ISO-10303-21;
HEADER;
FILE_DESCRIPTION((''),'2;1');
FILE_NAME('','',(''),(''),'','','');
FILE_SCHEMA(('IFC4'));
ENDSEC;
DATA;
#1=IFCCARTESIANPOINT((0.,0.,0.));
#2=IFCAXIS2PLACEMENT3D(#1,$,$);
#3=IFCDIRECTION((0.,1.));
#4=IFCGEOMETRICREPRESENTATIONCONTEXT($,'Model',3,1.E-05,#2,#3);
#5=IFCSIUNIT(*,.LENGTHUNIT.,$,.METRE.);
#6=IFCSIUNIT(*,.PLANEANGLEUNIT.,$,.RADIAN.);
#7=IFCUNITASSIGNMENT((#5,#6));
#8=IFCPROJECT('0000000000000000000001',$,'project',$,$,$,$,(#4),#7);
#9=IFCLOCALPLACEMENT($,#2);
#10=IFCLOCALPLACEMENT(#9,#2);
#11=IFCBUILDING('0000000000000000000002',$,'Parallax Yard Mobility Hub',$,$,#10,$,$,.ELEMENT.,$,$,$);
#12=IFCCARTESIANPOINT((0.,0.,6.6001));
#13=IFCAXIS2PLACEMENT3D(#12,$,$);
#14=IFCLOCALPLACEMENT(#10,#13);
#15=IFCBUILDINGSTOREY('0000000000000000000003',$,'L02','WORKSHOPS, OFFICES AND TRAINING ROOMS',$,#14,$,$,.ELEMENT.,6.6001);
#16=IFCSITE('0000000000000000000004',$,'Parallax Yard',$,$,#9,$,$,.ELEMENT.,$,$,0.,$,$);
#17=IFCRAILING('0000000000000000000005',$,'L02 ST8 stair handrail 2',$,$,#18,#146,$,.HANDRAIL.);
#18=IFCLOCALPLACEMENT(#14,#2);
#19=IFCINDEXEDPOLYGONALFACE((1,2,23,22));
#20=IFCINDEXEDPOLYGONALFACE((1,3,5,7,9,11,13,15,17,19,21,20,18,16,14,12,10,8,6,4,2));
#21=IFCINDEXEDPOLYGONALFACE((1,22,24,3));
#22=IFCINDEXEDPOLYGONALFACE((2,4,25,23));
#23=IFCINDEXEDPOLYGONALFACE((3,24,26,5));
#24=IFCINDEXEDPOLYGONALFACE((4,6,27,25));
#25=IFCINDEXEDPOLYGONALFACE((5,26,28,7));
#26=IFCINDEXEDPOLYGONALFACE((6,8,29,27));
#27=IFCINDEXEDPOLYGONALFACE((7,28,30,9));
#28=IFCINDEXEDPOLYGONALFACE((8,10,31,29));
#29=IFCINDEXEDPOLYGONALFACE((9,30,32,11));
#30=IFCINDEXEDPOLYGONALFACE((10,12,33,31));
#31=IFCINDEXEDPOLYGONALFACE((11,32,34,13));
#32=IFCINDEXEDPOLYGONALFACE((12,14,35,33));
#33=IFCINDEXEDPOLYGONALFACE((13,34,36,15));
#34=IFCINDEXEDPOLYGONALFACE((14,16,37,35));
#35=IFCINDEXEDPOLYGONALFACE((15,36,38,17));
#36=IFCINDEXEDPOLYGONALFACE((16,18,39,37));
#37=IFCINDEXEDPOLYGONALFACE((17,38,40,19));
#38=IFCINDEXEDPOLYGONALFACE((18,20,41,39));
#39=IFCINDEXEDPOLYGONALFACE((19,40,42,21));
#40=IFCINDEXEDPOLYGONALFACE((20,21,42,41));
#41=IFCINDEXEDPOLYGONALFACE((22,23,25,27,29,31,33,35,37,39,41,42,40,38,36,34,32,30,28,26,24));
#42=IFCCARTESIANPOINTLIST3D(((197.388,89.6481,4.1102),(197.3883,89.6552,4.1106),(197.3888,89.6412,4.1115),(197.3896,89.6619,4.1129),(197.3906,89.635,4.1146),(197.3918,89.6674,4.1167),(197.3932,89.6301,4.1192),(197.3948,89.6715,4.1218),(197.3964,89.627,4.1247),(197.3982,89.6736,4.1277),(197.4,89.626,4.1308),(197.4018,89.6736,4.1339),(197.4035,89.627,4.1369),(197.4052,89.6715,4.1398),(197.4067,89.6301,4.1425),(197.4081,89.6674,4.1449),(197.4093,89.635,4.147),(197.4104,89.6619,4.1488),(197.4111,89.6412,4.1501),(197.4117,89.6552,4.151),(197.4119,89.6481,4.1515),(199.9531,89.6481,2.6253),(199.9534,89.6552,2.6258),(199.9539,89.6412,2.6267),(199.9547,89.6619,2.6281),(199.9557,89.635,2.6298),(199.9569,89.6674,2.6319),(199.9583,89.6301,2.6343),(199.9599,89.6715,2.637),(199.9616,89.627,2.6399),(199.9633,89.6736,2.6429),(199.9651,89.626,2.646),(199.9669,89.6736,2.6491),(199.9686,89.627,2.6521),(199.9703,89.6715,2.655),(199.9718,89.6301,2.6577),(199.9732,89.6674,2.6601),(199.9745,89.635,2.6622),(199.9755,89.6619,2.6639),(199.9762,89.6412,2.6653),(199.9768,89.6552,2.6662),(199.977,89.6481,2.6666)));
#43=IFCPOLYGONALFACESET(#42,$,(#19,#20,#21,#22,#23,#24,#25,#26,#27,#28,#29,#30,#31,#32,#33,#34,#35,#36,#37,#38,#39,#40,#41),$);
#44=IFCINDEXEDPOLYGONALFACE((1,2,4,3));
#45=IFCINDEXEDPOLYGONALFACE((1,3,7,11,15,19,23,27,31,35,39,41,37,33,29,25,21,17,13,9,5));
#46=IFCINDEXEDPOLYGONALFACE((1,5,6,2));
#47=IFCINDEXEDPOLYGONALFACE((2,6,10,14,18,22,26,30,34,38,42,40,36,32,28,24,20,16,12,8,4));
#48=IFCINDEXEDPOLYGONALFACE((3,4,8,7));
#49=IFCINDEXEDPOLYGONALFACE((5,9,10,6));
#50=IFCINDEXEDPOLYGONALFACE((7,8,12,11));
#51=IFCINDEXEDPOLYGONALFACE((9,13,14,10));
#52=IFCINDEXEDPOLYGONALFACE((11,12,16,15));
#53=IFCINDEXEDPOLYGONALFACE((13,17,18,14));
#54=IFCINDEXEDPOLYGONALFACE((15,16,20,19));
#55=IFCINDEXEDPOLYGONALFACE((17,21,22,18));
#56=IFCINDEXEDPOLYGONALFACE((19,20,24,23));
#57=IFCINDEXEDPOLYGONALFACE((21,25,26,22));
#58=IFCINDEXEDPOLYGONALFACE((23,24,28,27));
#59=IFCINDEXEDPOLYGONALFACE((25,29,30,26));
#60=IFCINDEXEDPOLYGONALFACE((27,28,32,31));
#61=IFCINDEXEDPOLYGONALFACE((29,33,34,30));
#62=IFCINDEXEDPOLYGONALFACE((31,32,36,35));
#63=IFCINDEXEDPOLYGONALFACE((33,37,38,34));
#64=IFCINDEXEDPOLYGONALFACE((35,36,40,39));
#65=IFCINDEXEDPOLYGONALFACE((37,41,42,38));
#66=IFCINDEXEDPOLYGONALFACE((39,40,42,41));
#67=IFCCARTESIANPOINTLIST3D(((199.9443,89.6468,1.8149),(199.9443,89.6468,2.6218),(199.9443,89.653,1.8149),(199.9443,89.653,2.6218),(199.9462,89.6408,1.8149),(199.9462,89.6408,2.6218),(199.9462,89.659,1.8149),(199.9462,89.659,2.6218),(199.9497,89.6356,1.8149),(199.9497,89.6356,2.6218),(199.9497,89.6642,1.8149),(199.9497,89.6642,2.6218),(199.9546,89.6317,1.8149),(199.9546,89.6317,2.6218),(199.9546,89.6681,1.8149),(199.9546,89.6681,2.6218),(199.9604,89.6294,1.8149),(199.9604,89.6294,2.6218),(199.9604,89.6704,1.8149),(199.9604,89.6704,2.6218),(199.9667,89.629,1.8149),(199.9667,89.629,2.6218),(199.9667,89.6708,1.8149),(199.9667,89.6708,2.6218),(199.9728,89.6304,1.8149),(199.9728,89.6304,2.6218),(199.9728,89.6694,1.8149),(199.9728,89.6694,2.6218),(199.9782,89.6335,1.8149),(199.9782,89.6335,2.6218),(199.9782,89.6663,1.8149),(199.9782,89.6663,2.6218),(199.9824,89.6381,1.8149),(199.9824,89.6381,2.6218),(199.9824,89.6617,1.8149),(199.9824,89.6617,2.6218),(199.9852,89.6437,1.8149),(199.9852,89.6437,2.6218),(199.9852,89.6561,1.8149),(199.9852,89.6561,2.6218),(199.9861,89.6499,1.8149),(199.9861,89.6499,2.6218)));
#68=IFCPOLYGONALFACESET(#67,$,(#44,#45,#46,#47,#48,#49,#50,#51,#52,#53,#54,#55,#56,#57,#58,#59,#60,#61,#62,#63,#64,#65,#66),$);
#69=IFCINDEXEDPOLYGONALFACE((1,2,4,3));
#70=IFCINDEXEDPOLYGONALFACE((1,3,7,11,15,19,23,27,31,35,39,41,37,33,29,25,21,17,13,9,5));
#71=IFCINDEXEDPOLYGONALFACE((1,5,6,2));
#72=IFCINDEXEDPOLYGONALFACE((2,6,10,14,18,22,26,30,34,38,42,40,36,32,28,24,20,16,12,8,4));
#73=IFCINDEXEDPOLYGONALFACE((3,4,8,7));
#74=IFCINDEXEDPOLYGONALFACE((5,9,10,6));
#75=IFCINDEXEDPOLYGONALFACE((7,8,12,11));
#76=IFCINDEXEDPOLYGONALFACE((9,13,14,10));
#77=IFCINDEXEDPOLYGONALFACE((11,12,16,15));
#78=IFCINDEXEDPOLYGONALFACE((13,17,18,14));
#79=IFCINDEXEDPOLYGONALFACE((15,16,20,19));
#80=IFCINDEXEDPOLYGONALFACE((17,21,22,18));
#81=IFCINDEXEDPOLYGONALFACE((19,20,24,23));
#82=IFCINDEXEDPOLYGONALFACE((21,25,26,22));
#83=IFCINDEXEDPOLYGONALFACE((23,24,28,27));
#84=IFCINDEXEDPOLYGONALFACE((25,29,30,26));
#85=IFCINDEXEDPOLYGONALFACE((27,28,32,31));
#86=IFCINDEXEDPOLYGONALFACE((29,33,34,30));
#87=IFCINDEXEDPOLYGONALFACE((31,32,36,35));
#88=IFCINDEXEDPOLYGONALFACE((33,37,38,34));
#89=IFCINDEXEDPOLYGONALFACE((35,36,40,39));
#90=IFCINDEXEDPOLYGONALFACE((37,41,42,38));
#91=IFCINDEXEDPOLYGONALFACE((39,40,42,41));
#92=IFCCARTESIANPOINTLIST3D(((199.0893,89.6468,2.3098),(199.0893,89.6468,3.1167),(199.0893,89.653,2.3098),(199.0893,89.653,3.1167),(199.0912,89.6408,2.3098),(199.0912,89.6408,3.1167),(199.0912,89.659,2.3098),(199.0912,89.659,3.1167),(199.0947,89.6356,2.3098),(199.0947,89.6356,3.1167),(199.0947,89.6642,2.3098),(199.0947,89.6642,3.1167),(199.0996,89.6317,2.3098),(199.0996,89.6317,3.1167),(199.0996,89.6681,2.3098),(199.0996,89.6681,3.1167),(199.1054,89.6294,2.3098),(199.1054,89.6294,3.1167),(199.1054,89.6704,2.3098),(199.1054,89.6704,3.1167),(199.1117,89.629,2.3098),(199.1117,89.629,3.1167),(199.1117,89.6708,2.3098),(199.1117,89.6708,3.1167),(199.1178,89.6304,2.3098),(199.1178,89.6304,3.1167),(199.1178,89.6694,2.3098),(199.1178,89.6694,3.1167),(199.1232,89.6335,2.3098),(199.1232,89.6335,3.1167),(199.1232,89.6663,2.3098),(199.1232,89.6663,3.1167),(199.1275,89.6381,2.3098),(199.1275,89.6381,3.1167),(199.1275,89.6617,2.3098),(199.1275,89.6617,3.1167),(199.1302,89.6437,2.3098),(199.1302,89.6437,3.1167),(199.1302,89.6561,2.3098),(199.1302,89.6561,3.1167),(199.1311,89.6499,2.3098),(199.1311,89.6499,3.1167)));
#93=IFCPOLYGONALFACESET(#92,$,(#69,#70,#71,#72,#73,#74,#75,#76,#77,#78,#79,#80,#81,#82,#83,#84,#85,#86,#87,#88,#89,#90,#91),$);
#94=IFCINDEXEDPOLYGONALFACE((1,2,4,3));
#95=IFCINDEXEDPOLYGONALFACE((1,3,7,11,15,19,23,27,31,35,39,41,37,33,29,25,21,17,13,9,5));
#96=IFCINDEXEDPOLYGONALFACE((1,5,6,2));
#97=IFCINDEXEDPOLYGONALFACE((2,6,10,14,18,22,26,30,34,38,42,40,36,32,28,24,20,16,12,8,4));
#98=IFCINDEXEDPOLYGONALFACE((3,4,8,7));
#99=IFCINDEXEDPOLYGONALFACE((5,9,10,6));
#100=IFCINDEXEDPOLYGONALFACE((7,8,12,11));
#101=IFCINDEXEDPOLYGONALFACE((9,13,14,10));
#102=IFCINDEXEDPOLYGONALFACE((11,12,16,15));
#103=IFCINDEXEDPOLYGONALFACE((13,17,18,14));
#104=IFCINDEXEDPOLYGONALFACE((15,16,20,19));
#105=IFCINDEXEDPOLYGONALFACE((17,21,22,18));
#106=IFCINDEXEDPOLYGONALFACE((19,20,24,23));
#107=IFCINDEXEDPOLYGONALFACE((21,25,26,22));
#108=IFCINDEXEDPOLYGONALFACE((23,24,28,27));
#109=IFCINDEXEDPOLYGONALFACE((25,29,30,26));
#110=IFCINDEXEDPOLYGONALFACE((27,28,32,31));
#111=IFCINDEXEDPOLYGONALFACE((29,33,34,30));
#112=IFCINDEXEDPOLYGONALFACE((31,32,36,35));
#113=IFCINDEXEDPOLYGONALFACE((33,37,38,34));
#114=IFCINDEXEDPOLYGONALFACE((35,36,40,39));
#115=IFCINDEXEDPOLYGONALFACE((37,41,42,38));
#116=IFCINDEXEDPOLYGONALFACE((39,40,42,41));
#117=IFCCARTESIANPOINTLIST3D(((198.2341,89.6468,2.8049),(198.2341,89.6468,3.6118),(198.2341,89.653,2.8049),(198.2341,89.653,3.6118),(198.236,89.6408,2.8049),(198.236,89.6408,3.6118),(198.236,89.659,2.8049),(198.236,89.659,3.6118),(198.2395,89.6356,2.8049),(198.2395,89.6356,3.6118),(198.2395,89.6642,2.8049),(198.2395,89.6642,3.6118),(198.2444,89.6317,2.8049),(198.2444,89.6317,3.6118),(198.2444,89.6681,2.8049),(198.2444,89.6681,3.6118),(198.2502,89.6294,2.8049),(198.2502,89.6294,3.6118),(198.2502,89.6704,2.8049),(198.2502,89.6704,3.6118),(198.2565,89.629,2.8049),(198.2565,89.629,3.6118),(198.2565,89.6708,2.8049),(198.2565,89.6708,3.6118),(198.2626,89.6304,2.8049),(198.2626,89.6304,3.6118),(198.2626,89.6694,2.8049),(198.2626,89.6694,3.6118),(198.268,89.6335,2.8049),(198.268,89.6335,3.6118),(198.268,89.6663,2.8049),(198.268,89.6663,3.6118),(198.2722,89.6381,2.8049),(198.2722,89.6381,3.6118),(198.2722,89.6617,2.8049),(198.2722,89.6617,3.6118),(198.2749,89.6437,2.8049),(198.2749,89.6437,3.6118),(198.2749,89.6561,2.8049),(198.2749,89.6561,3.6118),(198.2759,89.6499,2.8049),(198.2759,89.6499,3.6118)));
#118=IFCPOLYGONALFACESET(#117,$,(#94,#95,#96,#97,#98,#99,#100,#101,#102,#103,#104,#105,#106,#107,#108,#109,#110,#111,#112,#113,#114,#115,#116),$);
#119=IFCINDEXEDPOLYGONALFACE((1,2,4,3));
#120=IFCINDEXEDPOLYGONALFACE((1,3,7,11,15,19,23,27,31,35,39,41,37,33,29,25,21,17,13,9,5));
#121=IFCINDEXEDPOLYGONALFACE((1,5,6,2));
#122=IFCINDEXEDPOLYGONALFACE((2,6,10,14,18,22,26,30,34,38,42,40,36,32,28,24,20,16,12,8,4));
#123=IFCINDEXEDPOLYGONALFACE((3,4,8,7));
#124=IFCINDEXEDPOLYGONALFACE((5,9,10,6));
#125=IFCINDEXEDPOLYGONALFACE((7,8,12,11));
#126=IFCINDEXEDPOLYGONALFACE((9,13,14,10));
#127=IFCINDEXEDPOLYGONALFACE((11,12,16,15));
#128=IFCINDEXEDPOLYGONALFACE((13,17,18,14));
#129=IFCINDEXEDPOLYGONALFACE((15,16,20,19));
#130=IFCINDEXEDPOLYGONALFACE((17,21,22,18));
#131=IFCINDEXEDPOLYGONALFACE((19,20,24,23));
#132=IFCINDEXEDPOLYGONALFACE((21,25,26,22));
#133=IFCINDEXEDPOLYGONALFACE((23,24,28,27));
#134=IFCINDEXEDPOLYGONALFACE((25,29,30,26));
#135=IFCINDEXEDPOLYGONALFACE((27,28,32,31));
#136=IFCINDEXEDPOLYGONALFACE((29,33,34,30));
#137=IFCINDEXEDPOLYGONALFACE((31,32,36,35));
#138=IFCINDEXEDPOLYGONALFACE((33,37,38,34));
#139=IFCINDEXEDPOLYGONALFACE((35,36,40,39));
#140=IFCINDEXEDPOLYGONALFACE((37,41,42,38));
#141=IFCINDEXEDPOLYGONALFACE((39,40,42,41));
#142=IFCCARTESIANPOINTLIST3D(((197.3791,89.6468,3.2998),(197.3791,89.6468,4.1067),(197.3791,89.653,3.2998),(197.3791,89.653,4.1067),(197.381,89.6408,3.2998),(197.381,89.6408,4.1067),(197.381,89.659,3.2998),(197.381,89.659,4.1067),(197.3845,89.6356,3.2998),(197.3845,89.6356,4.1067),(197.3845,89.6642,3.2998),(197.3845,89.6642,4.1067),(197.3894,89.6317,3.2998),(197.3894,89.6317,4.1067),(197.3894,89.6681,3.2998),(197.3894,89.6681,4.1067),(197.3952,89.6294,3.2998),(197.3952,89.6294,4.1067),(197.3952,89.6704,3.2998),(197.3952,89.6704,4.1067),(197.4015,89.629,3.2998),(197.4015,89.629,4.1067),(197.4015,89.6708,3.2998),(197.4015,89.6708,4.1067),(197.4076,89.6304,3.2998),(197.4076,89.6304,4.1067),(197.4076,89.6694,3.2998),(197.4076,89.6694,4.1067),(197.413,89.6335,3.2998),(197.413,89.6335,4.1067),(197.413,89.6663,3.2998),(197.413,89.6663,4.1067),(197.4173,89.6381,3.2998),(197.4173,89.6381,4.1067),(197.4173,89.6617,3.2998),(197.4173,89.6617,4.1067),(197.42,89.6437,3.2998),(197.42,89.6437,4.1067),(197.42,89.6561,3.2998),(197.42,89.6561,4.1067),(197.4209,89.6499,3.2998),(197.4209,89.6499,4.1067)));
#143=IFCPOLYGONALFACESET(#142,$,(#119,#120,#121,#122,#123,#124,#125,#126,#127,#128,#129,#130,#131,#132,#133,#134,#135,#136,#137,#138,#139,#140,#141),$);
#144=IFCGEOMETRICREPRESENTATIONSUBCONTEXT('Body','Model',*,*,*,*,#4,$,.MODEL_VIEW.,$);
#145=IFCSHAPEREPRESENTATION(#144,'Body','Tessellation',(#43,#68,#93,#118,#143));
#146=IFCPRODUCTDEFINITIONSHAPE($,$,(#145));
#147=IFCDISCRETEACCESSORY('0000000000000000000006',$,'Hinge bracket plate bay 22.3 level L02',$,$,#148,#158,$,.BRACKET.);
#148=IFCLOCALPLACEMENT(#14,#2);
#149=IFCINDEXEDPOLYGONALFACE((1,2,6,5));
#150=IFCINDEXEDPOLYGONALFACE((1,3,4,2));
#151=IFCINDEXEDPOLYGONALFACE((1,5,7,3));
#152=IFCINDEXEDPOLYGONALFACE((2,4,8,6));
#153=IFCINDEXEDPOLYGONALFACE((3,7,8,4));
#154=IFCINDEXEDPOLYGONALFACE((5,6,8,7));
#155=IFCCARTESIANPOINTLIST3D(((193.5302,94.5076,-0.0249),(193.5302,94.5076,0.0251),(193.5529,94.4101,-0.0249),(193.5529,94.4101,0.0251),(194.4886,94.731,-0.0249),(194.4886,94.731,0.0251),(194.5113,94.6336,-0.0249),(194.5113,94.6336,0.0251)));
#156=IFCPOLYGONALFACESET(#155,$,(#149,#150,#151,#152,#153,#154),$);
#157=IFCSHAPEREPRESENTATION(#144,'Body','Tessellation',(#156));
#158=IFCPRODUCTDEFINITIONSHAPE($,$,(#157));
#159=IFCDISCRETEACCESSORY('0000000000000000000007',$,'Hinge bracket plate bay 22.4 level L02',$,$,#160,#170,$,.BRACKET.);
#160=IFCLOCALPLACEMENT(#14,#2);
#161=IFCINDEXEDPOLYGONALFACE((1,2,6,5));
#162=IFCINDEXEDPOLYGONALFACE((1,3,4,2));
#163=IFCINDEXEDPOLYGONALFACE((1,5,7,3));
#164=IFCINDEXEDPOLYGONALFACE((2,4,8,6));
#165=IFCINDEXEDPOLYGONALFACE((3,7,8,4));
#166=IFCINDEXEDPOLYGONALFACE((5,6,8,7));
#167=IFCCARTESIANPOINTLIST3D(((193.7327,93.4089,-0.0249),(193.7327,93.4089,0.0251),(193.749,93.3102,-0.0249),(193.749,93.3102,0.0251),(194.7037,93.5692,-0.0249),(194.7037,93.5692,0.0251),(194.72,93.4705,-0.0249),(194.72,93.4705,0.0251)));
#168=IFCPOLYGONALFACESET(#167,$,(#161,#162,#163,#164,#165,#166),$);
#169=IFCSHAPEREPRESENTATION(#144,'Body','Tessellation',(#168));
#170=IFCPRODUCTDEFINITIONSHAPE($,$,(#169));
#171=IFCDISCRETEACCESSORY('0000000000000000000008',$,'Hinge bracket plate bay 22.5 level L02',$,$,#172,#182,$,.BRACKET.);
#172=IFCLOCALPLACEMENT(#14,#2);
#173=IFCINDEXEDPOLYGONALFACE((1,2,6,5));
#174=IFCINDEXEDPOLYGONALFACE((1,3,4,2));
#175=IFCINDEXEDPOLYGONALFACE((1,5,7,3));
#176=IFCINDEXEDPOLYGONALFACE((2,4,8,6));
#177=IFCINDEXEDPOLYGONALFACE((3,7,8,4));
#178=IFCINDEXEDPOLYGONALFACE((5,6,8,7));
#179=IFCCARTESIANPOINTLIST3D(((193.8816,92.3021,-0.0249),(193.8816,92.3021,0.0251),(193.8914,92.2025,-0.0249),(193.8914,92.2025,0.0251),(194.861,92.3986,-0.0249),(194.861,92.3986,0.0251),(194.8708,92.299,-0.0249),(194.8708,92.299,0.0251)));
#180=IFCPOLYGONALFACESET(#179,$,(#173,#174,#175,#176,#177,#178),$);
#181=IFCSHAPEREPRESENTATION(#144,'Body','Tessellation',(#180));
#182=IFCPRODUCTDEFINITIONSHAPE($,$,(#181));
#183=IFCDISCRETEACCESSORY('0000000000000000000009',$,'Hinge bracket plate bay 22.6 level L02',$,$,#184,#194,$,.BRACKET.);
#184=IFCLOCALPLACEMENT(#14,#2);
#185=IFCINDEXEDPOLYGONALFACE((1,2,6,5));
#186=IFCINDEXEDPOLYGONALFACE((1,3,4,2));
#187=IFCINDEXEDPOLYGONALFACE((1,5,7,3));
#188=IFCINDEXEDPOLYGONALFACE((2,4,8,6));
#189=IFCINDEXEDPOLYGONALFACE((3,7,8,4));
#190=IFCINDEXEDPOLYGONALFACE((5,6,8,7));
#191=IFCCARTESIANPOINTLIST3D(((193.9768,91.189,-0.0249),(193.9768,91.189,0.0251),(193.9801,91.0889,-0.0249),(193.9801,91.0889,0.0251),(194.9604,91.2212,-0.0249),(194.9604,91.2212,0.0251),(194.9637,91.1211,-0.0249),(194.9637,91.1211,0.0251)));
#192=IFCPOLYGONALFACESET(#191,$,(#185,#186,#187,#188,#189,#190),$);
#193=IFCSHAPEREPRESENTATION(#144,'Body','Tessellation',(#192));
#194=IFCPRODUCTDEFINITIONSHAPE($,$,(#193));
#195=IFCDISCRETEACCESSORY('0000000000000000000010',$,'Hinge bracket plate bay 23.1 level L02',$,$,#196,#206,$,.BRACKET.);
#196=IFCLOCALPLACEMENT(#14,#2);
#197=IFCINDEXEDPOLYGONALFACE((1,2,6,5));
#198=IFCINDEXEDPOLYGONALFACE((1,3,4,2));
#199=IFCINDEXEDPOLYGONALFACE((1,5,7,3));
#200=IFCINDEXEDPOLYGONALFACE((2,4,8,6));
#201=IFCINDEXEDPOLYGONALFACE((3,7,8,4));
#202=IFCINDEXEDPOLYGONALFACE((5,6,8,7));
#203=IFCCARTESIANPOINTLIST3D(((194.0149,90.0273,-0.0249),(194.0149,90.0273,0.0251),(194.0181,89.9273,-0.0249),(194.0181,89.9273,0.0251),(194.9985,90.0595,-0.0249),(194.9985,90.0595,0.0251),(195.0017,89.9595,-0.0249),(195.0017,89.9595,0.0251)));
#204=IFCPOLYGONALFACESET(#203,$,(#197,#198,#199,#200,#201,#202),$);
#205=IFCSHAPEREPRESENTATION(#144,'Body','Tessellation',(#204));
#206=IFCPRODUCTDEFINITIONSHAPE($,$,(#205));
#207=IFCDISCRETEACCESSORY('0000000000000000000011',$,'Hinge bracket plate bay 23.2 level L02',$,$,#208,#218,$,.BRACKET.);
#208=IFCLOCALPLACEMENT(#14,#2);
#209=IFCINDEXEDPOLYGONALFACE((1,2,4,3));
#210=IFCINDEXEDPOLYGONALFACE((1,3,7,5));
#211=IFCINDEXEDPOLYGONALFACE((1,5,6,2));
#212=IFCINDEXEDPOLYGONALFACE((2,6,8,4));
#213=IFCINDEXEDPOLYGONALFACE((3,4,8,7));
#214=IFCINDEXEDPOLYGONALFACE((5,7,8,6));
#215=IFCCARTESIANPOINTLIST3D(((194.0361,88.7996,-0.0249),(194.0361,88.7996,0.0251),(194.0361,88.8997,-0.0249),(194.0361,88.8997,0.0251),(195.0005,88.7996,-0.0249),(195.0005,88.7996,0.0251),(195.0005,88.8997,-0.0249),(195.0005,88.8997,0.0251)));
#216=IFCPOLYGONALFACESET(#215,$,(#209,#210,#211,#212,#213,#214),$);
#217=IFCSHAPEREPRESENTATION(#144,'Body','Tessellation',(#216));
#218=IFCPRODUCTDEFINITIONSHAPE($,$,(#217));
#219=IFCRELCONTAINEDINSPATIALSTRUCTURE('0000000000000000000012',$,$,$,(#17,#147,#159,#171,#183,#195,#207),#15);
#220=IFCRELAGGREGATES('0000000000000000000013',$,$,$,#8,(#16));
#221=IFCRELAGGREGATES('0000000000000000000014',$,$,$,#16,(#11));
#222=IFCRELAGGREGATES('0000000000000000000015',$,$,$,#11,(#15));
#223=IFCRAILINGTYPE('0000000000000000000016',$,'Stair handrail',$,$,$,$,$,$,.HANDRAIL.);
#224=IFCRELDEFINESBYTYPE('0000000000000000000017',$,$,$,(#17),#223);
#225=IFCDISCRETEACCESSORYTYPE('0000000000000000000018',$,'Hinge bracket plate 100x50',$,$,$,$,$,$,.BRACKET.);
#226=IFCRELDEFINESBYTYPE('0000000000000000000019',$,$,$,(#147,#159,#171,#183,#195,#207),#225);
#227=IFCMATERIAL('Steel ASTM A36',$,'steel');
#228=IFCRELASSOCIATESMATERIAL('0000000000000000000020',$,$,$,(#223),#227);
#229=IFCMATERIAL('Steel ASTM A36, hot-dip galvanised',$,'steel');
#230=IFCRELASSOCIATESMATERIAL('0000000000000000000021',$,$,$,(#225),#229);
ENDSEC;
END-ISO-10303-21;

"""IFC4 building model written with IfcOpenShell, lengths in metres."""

from ifc_helpers import new_model, si_unit, direction, frame, origin, origin_2d, place, context, subcontext, project, spatial, rectangle, circle, extrude, material, type_object, element, save


model = new_model("IFC4")

# Units and contexts
model_context = context("Model", 3, precision=1e-05, world=origin(), true_north=direction((0.0, 1.0)))
body_context = subcontext(model_context, "Body", "Model", "MODEL_VIEW")
ifc_project = project(units=[si_unit("LENGTHUNIT", "METRE"), si_unit("PLANEANGLEUNIT", "RADIAN")], contexts=[model_context])

# Site, building, storey
site_placement = place(None, origin())
site = spatial("IfcSite", under=ifc_project, at=site_placement, Name="Parallax Yard", CompositionType="ELEMENT", RefElevation=0.0)
building_placement = place(site_placement, origin())
building = spatial("IfcBuilding", under=site, at=building_placement, Name="Parallax Yard Mobility Hub", CompositionType="ELEMENT")
storey_placement = place(building_placement, frame((0.0, 0.0, 6.6001)))
storey = spatial("IfcBuildingStorey", under=building, at=storey_placement, Name="L02", Description="WORKSHOPS, OFFICES AND TRAINING ROOMS", CompositionType="ELEMENT", Elevation=6.6001)

# Railing
ifc_material_1 = material(Name="Steel ASTM A36", Category="steel")
railing_type_1 = type_object("IfcRailingType", Name="Stair handrail", PredefinedType="HANDRAIL", material=ifc_material_1)
railing_1_placement = place(storey_placement, frame((199.9651, 89.6499, 1.8149)))
element("IfcRailing", 1, at=railing_1_placement, inside=storey, type_object=railing_type_1, Name="L02 ST8 stair handrail 2", PredefinedType="HANDRAIL", context=body_context, shape_type="SweptSolid", body=[
    extrude(circle(Radius=0.0239, at=origin_2d()), frame((0.0, 0.0, 0.8311), z_axis=(-0.865462, 0.0, 0.500975), x_axis=(0.0, -1.0, 0.0)), (0.0, 0.0, 1.0), 2.9639),
    extrude(circle(Radius=0.021, at=origin_2d()), origin(), (0.0, 0.0, 1.0), 0.8069),
    extrude(circle(Radius=0.021, at=origin_2d()), frame((-0.855, 0.0, 0.4949)), (0.0, 0.0, 1.0), 0.8069),
    extrude(circle(Radius=0.021, at=origin_2d()), frame((-1.7102, 0.0, 0.99)), (0.0, 0.0, 1.0), 0.8069),
    extrude(circle(Radius=0.021, at=origin_2d()), frame((-2.5652, 0.0, 1.4849)), (0.0, 0.0, 1.0), 0.8069),
])

# Discrete accessories
ifc_material_2 = material(Name="Steel ASTM A36, hot-dip galvanised", Category="steel")
discrete_accessory_type_1 = type_object("IfcDiscreteAccessoryType", Name="Hinge bracket plate 100x50", PredefinedType="BRACKET", material=ifc_material_2)
for number, where, z_axis, x_axis, name in (
    (2, (194.0208, 94.5706, -0.0249), (0.0, 0.0, 1.0), (-0.973877, -0.227076, 0.0), "Hinge bracket plate bay 22.3 level L02"),
    (3, (194.2263, 93.4397, -0.0249), (0.0, 0.0, 1.0), (-0.986643, -0.162895, 0.0), "Hinge bracket plate bay 22.4 level L02"),
    (4, (194.3762, 92.3005, -0.0249), (0.0, 0.0, 1.0), (-0.995185, -0.098017, 0.0), "Hinge bracket plate bay 22.5 level L02"),
    (5, (194.4702, 91.155, -0.0249), (0.0, 0.0, 1.0), (-0.999465, -0.032719, 0.0), "Hinge bracket plate bay 22.6 level L02"),
    (6, (194.5083, 89.9934, -0.0249), (0.0, 0.0, 1.0), (-0.999465, -0.032719, 0.0), "Hinge bracket plate bay 23.1 level L02"),
):
    element("IfcDiscreteAccessory", number, at=place(storey_placement, frame(where, z_axis=z_axis, x_axis=x_axis)), inside=storey, type_object=discrete_accessory_type_1, Name=name, PredefinedType="BRACKET", context=body_context, shape_type="SweptSolid", body=[
        extrude(rectangle(XDim=0.9841, YDim=0.1001, at=origin_2d()), origin(), (0.0, 0.0, 1.0), 0.05),
    ])
discrete_accessory_1_placement = place(storey_placement, frame((194.5183, 88.8496, -0.0249), z_axis=(0.0, 0.0, 1.0), x_axis=(-1.0, 0.0, 0.0)))
element("IfcDiscreteAccessory", 7, at=discrete_accessory_1_placement, inside=storey, type_object=discrete_accessory_type_1, Name="Hinge bracket plate bay 23.2 level L02", PredefinedType="BRACKET", context=body_context, shape_type="SweptSolid", body=[
    extrude(rectangle(XDim=0.9644, YDim=0.1001, at=origin_2d()), origin(), (0.0, 0.0, 1.0), 0.05),
])

save(model, "model.ifc")
